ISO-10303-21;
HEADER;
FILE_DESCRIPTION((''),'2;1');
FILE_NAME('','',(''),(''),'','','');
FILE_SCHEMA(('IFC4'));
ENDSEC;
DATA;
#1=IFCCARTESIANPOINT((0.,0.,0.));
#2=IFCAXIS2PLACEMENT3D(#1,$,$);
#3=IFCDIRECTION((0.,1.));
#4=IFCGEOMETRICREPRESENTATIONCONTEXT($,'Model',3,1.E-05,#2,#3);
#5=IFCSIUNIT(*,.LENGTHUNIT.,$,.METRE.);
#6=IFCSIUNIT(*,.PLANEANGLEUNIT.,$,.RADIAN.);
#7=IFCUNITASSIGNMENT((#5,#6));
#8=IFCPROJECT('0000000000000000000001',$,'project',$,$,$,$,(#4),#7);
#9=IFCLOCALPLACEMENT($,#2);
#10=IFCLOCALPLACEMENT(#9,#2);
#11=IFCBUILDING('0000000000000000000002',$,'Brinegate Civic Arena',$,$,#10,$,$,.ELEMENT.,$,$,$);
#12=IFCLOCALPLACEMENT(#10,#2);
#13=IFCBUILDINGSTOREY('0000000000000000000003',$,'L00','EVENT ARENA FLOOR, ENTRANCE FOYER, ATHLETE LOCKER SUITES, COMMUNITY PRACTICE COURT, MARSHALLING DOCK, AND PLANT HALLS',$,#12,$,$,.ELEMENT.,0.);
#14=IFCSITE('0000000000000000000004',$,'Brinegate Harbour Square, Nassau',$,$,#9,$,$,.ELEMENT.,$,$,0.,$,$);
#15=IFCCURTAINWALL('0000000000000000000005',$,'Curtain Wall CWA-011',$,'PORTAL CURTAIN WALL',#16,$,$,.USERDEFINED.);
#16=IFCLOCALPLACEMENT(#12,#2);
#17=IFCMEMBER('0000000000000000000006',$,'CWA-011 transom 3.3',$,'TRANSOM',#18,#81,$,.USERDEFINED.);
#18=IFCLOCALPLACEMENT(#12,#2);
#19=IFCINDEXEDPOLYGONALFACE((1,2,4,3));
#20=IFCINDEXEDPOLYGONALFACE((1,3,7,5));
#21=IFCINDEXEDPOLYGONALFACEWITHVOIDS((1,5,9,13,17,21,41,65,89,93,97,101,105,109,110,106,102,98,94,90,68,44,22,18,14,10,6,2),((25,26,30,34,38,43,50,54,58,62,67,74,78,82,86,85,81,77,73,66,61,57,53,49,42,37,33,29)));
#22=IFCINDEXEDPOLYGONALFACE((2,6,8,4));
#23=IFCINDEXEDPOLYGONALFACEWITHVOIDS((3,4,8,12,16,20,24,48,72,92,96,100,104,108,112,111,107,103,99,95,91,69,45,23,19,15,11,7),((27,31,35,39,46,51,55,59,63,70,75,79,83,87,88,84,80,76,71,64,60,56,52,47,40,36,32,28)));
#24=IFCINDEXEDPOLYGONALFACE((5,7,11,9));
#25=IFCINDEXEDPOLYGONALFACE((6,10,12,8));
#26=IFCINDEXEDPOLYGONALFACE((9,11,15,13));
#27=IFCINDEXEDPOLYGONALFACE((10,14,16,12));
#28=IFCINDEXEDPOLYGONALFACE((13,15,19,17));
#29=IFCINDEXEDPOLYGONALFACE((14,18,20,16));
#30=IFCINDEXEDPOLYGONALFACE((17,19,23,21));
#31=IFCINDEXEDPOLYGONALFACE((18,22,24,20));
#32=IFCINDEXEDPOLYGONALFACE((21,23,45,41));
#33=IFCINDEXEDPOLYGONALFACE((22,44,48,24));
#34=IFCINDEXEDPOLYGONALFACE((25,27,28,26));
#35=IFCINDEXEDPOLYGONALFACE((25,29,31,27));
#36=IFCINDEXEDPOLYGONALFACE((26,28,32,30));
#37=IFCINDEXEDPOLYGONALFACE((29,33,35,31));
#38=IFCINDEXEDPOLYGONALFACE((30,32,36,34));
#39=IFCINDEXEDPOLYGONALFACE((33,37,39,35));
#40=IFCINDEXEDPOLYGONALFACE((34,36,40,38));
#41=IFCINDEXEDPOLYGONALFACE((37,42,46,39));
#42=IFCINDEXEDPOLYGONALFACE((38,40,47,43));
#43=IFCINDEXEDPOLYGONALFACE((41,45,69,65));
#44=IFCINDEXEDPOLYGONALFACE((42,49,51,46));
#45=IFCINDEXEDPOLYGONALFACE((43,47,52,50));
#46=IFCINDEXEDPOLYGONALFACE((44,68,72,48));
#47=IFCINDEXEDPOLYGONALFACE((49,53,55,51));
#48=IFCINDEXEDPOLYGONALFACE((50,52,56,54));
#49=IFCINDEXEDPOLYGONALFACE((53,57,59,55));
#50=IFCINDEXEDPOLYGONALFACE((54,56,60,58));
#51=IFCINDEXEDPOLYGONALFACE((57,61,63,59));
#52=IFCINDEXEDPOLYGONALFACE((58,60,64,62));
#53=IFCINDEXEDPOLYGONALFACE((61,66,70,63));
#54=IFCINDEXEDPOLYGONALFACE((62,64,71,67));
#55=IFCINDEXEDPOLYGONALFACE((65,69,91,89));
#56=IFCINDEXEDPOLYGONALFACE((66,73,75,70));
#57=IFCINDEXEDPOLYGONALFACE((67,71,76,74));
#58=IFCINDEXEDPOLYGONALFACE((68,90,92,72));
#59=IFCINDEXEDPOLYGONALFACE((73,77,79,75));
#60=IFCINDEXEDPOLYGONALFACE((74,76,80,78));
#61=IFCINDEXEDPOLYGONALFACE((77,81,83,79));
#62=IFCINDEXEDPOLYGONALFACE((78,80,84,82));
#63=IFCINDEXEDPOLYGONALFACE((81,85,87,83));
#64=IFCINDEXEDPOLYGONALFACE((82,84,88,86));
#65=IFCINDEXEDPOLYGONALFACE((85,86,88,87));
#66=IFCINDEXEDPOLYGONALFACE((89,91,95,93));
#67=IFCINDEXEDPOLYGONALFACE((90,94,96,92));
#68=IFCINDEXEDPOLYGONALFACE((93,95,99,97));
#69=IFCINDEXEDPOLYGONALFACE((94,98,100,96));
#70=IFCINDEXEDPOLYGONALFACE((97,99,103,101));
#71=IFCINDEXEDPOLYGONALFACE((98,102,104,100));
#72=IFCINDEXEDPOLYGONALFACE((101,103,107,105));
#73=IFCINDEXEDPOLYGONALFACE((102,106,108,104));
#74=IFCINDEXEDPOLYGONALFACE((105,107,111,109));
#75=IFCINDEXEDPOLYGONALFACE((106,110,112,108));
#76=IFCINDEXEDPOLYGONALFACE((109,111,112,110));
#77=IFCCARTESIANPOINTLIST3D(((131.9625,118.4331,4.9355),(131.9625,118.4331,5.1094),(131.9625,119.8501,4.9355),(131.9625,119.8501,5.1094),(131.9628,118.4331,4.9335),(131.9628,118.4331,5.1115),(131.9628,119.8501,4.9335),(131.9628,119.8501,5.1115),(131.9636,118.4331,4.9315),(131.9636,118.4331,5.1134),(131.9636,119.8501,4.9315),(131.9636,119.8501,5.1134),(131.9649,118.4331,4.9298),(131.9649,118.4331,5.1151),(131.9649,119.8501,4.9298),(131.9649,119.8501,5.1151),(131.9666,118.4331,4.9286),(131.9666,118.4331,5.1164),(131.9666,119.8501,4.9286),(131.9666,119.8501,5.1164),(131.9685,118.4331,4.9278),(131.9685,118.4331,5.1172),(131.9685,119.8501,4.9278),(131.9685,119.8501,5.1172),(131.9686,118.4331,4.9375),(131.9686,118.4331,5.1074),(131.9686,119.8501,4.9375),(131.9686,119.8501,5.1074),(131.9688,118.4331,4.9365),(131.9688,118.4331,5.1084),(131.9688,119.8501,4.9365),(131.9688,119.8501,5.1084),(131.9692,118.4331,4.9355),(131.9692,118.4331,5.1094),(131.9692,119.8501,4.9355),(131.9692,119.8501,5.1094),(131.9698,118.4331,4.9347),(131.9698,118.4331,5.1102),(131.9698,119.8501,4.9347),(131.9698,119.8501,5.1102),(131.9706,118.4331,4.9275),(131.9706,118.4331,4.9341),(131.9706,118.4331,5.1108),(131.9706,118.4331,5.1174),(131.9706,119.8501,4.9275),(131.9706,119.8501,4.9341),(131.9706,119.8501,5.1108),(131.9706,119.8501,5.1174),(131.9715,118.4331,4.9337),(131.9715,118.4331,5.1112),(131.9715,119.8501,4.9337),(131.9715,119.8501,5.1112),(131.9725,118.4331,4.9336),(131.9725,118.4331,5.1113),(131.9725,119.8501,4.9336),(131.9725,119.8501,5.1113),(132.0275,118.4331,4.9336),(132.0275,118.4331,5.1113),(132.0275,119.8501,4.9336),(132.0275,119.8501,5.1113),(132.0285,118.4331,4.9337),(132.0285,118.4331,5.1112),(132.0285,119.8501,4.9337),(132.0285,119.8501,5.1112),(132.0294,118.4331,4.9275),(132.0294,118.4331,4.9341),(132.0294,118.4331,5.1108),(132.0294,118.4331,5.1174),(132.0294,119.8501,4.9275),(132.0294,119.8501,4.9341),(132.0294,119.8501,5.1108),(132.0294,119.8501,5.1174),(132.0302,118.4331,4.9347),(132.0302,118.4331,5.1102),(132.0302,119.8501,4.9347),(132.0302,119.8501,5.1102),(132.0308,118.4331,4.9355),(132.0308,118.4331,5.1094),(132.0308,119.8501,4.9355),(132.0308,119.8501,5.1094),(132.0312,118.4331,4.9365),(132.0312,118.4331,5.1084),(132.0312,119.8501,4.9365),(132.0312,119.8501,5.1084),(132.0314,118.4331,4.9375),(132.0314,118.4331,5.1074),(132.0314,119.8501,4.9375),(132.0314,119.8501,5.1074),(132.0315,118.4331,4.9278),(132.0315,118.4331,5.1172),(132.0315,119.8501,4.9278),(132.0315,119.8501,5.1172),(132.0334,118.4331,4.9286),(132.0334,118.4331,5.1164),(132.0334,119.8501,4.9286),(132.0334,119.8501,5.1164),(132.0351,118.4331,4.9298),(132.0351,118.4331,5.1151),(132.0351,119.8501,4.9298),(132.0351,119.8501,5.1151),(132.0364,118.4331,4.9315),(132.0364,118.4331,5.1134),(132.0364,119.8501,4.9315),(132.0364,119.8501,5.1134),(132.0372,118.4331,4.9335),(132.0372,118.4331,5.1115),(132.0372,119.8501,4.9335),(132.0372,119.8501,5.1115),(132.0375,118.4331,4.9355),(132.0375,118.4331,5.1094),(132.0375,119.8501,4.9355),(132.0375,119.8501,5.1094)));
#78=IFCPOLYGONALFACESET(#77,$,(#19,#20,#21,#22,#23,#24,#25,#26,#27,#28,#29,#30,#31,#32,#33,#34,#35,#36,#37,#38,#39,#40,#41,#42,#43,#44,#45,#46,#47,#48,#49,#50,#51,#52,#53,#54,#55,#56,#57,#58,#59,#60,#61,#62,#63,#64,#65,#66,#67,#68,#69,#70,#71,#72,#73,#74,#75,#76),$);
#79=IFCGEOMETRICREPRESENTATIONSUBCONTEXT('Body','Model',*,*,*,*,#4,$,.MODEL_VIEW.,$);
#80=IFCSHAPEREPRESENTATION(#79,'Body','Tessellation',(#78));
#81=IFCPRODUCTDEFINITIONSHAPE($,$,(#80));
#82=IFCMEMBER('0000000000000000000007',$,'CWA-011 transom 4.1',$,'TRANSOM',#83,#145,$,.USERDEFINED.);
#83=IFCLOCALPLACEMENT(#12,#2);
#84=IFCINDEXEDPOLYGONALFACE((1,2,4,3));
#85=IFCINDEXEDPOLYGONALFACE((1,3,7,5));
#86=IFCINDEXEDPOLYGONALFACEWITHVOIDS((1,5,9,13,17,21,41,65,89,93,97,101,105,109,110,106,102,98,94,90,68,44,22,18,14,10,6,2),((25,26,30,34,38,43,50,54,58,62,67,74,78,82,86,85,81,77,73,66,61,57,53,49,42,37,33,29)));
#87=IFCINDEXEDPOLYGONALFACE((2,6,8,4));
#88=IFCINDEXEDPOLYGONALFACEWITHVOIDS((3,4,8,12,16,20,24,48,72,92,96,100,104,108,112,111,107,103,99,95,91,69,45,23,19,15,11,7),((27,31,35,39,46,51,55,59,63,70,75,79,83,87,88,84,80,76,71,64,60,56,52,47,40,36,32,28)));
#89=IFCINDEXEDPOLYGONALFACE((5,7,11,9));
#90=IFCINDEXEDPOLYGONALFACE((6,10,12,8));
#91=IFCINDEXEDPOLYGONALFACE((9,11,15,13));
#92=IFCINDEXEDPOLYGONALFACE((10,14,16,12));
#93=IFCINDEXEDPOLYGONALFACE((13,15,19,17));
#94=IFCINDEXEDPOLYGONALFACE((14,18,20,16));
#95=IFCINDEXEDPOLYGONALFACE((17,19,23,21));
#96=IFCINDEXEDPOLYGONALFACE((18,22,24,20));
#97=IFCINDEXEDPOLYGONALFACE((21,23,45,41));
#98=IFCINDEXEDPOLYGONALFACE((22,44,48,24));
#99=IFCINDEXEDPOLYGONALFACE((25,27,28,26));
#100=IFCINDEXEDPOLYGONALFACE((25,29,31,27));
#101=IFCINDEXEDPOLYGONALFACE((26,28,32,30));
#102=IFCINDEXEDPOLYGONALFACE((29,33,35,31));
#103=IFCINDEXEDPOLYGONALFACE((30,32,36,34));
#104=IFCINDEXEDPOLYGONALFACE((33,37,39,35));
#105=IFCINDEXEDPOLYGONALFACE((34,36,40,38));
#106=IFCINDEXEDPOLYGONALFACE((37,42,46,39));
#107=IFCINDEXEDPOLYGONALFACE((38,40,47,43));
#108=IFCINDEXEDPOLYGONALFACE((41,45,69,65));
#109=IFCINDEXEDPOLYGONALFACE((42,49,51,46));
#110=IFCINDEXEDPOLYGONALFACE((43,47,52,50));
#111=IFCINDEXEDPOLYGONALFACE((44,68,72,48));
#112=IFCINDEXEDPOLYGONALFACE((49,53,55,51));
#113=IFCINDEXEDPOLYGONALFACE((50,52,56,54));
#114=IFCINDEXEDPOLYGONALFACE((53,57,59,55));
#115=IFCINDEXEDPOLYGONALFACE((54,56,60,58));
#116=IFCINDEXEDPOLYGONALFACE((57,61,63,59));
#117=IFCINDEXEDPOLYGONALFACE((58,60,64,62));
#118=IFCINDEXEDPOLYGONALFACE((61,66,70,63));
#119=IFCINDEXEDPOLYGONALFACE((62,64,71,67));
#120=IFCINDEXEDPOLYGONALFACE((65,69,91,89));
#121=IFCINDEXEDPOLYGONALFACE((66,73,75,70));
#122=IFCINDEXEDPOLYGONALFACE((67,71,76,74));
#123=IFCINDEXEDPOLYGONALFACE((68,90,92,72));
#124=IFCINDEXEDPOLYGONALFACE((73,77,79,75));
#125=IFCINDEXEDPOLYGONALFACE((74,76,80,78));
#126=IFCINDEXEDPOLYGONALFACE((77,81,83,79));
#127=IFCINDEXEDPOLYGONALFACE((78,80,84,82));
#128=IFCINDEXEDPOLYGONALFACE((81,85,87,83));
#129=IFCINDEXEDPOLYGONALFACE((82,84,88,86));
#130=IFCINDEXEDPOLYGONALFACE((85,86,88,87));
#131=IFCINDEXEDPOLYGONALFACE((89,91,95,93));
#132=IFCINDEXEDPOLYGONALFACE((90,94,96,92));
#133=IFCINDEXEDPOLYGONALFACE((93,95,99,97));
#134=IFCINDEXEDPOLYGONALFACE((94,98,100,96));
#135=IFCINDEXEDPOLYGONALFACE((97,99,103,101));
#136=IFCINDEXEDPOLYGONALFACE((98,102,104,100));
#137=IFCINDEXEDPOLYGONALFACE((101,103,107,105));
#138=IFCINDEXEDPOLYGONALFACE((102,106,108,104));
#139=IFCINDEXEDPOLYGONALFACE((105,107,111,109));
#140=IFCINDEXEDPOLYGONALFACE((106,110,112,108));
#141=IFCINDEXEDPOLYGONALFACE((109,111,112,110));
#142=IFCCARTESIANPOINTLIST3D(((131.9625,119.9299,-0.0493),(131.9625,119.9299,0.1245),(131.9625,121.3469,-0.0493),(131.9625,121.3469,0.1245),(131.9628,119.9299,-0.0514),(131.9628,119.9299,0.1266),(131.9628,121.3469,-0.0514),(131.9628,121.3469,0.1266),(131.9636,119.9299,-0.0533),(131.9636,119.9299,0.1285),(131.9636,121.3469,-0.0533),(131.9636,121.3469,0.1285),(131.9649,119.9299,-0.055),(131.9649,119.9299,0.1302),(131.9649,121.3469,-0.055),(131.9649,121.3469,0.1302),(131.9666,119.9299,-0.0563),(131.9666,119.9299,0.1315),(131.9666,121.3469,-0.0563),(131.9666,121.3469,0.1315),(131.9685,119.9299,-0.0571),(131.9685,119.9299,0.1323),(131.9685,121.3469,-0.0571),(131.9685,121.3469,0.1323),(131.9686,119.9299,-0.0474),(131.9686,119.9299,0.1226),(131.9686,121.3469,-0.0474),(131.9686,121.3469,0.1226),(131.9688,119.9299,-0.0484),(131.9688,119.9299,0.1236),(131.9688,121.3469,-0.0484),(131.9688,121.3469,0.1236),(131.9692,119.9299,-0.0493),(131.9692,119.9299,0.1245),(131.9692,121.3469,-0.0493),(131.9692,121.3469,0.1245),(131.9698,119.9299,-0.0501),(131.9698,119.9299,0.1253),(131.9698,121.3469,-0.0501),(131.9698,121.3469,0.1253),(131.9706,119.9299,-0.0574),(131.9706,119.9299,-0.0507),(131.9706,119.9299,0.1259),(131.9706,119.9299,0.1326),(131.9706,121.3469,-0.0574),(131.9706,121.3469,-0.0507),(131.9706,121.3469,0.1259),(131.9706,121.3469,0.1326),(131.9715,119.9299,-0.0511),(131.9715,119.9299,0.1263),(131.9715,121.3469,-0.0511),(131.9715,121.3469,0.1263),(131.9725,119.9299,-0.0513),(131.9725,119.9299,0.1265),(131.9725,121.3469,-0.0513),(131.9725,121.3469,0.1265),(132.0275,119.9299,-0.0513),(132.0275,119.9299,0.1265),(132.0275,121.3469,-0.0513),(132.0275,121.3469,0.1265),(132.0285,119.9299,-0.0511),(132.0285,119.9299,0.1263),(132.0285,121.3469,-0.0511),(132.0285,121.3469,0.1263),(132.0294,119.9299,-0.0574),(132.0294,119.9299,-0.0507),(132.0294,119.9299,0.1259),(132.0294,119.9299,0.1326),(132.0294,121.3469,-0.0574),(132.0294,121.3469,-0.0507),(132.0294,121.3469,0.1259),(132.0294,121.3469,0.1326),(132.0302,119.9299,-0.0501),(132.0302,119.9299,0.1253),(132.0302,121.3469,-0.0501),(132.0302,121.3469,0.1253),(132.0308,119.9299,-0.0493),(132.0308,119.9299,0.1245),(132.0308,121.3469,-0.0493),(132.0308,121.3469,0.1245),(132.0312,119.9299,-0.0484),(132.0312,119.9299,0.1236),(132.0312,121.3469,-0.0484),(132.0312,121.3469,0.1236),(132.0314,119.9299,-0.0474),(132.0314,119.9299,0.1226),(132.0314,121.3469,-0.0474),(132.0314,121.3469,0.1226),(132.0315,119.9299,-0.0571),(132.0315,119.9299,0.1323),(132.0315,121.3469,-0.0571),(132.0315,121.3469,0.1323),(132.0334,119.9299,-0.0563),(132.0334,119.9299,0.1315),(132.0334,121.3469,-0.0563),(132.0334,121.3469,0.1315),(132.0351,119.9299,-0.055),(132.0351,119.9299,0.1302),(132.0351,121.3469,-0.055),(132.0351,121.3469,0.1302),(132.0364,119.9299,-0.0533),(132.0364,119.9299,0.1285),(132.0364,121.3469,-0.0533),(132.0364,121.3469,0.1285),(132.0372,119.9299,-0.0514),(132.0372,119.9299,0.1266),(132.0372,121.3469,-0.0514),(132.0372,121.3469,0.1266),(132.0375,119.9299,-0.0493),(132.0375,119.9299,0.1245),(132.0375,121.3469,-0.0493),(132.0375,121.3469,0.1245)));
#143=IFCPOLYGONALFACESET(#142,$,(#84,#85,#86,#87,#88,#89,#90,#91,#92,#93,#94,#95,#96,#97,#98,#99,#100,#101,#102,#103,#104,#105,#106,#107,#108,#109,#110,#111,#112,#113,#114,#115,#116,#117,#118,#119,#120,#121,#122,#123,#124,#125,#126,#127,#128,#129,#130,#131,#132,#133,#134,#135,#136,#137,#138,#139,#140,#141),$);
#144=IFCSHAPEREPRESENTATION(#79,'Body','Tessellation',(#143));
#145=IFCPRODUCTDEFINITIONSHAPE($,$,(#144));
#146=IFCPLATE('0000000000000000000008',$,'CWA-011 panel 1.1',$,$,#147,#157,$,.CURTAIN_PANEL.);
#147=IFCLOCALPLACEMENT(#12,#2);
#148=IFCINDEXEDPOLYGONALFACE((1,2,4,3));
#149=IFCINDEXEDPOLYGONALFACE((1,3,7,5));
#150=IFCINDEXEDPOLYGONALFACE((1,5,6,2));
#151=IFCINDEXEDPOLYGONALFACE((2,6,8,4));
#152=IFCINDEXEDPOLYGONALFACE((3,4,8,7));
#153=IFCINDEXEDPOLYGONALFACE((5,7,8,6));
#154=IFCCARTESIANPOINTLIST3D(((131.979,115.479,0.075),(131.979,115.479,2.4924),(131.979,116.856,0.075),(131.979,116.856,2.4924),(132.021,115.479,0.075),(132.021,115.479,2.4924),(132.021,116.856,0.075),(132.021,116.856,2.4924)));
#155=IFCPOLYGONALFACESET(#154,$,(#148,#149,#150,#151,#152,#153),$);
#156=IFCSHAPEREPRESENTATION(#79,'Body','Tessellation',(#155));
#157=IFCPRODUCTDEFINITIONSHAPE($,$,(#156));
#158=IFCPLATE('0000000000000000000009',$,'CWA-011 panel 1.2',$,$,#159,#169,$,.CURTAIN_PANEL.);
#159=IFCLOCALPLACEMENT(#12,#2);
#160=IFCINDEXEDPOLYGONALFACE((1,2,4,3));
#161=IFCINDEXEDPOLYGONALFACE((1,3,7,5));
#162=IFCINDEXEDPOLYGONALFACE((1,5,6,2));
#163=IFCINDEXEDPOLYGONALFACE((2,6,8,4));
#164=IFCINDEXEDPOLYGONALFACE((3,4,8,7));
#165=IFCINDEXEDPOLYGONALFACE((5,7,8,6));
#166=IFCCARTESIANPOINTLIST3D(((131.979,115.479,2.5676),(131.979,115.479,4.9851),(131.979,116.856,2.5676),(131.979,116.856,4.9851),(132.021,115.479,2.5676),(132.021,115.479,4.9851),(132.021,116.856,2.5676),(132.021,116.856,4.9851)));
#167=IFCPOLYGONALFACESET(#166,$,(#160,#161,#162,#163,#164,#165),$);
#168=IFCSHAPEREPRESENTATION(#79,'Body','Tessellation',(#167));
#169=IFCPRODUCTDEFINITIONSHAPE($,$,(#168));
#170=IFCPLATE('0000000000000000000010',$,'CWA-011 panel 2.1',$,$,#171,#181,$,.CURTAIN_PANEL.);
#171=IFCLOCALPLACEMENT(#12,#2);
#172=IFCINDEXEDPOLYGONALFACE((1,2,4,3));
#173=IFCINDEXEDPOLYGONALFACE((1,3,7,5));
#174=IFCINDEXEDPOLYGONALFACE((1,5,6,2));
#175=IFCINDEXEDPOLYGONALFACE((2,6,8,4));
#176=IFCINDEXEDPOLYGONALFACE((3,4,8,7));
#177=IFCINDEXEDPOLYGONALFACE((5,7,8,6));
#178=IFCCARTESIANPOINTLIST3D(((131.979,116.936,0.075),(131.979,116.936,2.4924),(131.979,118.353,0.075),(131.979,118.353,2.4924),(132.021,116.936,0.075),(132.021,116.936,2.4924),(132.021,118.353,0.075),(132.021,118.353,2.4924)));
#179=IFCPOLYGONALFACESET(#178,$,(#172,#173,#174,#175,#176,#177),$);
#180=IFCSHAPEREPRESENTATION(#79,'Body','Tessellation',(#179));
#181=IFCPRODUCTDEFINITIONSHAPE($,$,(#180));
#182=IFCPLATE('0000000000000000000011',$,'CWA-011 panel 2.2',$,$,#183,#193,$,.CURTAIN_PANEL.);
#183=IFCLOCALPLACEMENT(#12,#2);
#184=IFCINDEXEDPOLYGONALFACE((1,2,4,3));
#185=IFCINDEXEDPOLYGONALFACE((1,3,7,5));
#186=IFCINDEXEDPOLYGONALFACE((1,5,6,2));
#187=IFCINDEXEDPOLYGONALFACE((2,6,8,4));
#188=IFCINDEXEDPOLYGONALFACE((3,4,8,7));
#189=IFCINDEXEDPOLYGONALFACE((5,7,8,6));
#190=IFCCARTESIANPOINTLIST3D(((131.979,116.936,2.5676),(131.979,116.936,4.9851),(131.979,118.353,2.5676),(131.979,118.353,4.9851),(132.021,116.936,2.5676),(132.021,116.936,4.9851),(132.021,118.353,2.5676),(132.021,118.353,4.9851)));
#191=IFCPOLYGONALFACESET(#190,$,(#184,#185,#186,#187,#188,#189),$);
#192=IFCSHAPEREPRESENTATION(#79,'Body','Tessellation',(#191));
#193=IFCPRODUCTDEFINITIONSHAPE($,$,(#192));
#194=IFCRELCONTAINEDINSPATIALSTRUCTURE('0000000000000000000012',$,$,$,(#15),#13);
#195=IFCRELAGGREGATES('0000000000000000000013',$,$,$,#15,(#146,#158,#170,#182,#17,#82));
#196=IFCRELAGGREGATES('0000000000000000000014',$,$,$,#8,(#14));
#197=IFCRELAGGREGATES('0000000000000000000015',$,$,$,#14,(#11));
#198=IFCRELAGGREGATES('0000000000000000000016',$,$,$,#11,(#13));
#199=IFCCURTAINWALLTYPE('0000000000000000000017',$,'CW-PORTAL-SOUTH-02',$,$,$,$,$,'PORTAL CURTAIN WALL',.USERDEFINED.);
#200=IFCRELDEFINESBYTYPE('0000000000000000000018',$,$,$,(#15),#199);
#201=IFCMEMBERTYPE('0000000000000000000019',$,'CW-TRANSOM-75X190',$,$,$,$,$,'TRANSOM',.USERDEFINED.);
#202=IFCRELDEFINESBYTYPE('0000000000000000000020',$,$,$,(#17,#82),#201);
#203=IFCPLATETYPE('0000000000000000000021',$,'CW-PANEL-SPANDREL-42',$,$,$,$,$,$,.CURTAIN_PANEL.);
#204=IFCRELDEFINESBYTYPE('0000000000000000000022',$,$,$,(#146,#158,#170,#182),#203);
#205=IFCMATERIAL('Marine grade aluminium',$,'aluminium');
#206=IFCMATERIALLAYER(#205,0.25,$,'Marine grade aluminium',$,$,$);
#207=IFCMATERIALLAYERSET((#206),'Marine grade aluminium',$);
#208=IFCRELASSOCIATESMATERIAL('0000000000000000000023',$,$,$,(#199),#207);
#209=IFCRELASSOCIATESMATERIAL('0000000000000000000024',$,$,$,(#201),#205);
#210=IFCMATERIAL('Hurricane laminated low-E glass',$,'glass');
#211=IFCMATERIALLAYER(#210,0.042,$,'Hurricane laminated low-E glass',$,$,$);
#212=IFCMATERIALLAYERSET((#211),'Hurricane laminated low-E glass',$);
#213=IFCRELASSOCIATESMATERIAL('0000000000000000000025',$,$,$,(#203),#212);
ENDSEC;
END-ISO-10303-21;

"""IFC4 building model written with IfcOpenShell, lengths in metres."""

from ifc_helpers import new_model, si_unit, direction, frame, origin, origin_2d, place, context, subcontext, project, spatial, rectangle, hollow_rectangle, extrude, material, layer, layer_set, material_profile, profile_set, type_object, element, aggregate, save


model = new_model("IFC4")

# Units and contexts
model_context = context("Model", 3, precision=1e-05, world=origin(), true_north=direction((0.0, 1.0)))
body_context = subcontext(model_context, "Body", "Model", "MODEL_VIEW")
ifc_project = project(units=[si_unit("LENGTHUNIT", "METRE"), si_unit("PLANEANGLEUNIT", "RADIAN")], contexts=[model_context])

# Site, building, storey
site_placement = place(None, origin())
site = spatial("IfcSite", under=ifc_project, at=site_placement, Name="Brinegate Harbour Square, Nassau", CompositionType="ELEMENT", RefElevation=0.0)
building_placement = place(site_placement, origin())
building = spatial("IfcBuilding", under=site, at=building_placement, Name="Brinegate Civic Arena", CompositionType="ELEMENT")
storey_placement = place(building_placement, origin())
storey = spatial("IfcBuildingStorey", under=building, at=storey_placement, Name="L00", Description="EVENT ARENA FLOOR, ENTRANCE FOYER, ATHLETE LOCKER SUITES, COMMUNITY PRACTICE COURT, MARSHALLING DOCK, AND PLANT HALLS", CompositionType="ELEMENT", Elevation=0.0)

# Curtain wall, members, plates
ifc_material_1 = material(Name="Marine grade aluminium", Category="aluminium")
ifc_layer_1 = layer(ifc_material_1, 0.25, Name="Marine grade aluminium")
ifc_layer_set_1 = layer_set([ifc_layer_1], Name="Marine grade aluminium")
curtain_wall_type = type_object("IfcCurtainWallType", Name="CW-PORTAL-SOUTH-02", ElementType="PORTAL CURTAIN WALL", PredefinedType="USERDEFINED", material=ifc_layer_set_1)
curtain_wall_placement = place(storey_placement, origin())
curtain_wall = element("IfcCurtainWall", 1, at=curtain_wall_placement, inside=storey, type_object=curtain_wall_type, Name="Curtain Wall CWA-011", ObjectType="PORTAL CURTAIN WALL", PredefinedType="USERDEFINED")
ifc_material_profile_1 = material_profile(ifc_material_1, hollow_rectangle(XDim=0.075, YDim=0.1899, WallThickness=0.0061, InnerFilletRadius=0.0039, OuterFilletRadius=0.0081, at=origin_2d()), Name="TRN75X190")
ifc_profile_set_1 = profile_set([ifc_material_profile_1], Name="Marine grade aluminium")
member_type_1 = type_object("IfcMemberType", Name="CW-TRANSOM-75X190", ElementType="TRANSOM", PredefinedType="USERDEFINED", material=ifc_profile_set_1)
member_1_placement = place(storey_placement, frame((132.0, 118.4331, 5.0225), z_axis=(0.0, 1.0, 0.0), x_axis=(-1.0, 0.0, 0.0)))
member_1 = element("IfcMember", 2, at=member_1_placement, type_object=member_type_1, Name="CWA-011 transom 3.3", ObjectType="TRANSOM", PredefinedType="USERDEFINED", context=body_context, shape_type="SweptSolid", body=[
    extrude(hollow_rectangle(XDim=0.075, YDim=0.1899, WallThickness=0.0061, InnerFilletRadius=0.0039, OuterFilletRadius=0.0081, at=origin_2d()), origin(), (0.0, 0.0, 1.0), 1.417),
])
member_2_placement = place(storey_placement, frame((132.0, 119.9299, 0.0376), z_axis=(0.0, 1.0, 0.0), x_axis=(-1.0, 0.0, 0.0)))
member_2 = element("IfcMember", 3, at=member_2_placement, type_object=member_type_1, Name="CWA-011 transom 4.1", ObjectType="TRANSOM", PredefinedType="USERDEFINED", context=body_context, shape_type="SweptSolid", body=[
    extrude(hollow_rectangle(XDim=0.075, YDim=0.1899, WallThickness=0.0061, InnerFilletRadius=0.0039, OuterFilletRadius=0.0081, at=origin_2d()), origin(), (0.0, 0.0, 1.0), 1.417),
])
ifc_material_2 = material(Name="Hurricane laminated low-E glass", Category="glass")
ifc_layer_2 = layer(ifc_material_2, 0.042, Name="Hurricane laminated low-E glass")
ifc_layer_set_2 = layer_set([ifc_layer_2], Name="Hurricane laminated low-E glass")
plate_type = type_object("IfcPlateType", Name="CW-PANEL-SPANDREL-42", PredefinedType="CURTAIN_PANEL", material=ifc_layer_set_2)
plate_1_placement = place(storey_placement, frame((132.0, 116.1675, 0.075), z_axis=(0.0, 0.0, 1.0), x_axis=(0.0, 1.0, 0.0)))
plate_1 = element("IfcPlate", 4, at=plate_1_placement, type_object=plate_type, Name="CWA-011 panel 1.1", PredefinedType="CURTAIN_PANEL", context=body_context, shape_type="SweptSolid", body=[
    extrude(rectangle(XDim=1.377, YDim=0.042, at=origin_2d()), origin(), (0.0, 0.0, 1.0), 2.4175),
])
plate_2_placement = place(storey_placement, frame((132.0, 116.1675, 2.5676), z_axis=(0.0, 0.0, 1.0), x_axis=(0.0, 1.0, 0.0)))
plate_2 = element("IfcPlate", 5, at=plate_2_placement, type_object=plate_type, Name="CWA-011 panel 1.2", PredefinedType="CURTAIN_PANEL", context=body_context, shape_type="SweptSolid", body=[
    extrude(rectangle(XDim=1.377, YDim=0.042, at=origin_2d()), origin(), (0.0, 0.0, 1.0), 2.4175),
])
plate_3_placement = place(storey_placement, frame((132.0, 117.6445, 0.075), z_axis=(0.0, 0.0, 1.0), x_axis=(0.0, 1.0, 0.0)))
plate_3 = element("IfcPlate", 6, at=plate_3_placement, type_object=plate_type, Name="CWA-011 panel 2.1", PredefinedType="CURTAIN_PANEL", context=body_context, shape_type="SweptSolid", body=[
    extrude(rectangle(XDim=1.417, YDim=0.042, at=origin_2d()), origin(), (0.0, 0.0, 1.0), 2.4175),
])
plate_4_placement = place(storey_placement, frame((132.0, 117.6445, 2.5676), z_axis=(0.0, 0.0, 1.0), x_axis=(0.0, 1.0, 0.0)))
plate_4 = element("IfcPlate", 7, at=plate_4_placement, type_object=plate_type, Name="CWA-011 panel 2.2", PredefinedType="CURTAIN_PANEL", context=body_context, shape_type="SweptSolid", body=[
    extrude(rectangle(XDim=1.417, YDim=0.042, at=origin_2d()), origin(), (0.0, 0.0, 1.0), 2.4175),
])
aggregate(curtain_wall, [plate_1, plate_2, plate_3, plate_4, member_1, member_2])

save(model, "model.ifc")
